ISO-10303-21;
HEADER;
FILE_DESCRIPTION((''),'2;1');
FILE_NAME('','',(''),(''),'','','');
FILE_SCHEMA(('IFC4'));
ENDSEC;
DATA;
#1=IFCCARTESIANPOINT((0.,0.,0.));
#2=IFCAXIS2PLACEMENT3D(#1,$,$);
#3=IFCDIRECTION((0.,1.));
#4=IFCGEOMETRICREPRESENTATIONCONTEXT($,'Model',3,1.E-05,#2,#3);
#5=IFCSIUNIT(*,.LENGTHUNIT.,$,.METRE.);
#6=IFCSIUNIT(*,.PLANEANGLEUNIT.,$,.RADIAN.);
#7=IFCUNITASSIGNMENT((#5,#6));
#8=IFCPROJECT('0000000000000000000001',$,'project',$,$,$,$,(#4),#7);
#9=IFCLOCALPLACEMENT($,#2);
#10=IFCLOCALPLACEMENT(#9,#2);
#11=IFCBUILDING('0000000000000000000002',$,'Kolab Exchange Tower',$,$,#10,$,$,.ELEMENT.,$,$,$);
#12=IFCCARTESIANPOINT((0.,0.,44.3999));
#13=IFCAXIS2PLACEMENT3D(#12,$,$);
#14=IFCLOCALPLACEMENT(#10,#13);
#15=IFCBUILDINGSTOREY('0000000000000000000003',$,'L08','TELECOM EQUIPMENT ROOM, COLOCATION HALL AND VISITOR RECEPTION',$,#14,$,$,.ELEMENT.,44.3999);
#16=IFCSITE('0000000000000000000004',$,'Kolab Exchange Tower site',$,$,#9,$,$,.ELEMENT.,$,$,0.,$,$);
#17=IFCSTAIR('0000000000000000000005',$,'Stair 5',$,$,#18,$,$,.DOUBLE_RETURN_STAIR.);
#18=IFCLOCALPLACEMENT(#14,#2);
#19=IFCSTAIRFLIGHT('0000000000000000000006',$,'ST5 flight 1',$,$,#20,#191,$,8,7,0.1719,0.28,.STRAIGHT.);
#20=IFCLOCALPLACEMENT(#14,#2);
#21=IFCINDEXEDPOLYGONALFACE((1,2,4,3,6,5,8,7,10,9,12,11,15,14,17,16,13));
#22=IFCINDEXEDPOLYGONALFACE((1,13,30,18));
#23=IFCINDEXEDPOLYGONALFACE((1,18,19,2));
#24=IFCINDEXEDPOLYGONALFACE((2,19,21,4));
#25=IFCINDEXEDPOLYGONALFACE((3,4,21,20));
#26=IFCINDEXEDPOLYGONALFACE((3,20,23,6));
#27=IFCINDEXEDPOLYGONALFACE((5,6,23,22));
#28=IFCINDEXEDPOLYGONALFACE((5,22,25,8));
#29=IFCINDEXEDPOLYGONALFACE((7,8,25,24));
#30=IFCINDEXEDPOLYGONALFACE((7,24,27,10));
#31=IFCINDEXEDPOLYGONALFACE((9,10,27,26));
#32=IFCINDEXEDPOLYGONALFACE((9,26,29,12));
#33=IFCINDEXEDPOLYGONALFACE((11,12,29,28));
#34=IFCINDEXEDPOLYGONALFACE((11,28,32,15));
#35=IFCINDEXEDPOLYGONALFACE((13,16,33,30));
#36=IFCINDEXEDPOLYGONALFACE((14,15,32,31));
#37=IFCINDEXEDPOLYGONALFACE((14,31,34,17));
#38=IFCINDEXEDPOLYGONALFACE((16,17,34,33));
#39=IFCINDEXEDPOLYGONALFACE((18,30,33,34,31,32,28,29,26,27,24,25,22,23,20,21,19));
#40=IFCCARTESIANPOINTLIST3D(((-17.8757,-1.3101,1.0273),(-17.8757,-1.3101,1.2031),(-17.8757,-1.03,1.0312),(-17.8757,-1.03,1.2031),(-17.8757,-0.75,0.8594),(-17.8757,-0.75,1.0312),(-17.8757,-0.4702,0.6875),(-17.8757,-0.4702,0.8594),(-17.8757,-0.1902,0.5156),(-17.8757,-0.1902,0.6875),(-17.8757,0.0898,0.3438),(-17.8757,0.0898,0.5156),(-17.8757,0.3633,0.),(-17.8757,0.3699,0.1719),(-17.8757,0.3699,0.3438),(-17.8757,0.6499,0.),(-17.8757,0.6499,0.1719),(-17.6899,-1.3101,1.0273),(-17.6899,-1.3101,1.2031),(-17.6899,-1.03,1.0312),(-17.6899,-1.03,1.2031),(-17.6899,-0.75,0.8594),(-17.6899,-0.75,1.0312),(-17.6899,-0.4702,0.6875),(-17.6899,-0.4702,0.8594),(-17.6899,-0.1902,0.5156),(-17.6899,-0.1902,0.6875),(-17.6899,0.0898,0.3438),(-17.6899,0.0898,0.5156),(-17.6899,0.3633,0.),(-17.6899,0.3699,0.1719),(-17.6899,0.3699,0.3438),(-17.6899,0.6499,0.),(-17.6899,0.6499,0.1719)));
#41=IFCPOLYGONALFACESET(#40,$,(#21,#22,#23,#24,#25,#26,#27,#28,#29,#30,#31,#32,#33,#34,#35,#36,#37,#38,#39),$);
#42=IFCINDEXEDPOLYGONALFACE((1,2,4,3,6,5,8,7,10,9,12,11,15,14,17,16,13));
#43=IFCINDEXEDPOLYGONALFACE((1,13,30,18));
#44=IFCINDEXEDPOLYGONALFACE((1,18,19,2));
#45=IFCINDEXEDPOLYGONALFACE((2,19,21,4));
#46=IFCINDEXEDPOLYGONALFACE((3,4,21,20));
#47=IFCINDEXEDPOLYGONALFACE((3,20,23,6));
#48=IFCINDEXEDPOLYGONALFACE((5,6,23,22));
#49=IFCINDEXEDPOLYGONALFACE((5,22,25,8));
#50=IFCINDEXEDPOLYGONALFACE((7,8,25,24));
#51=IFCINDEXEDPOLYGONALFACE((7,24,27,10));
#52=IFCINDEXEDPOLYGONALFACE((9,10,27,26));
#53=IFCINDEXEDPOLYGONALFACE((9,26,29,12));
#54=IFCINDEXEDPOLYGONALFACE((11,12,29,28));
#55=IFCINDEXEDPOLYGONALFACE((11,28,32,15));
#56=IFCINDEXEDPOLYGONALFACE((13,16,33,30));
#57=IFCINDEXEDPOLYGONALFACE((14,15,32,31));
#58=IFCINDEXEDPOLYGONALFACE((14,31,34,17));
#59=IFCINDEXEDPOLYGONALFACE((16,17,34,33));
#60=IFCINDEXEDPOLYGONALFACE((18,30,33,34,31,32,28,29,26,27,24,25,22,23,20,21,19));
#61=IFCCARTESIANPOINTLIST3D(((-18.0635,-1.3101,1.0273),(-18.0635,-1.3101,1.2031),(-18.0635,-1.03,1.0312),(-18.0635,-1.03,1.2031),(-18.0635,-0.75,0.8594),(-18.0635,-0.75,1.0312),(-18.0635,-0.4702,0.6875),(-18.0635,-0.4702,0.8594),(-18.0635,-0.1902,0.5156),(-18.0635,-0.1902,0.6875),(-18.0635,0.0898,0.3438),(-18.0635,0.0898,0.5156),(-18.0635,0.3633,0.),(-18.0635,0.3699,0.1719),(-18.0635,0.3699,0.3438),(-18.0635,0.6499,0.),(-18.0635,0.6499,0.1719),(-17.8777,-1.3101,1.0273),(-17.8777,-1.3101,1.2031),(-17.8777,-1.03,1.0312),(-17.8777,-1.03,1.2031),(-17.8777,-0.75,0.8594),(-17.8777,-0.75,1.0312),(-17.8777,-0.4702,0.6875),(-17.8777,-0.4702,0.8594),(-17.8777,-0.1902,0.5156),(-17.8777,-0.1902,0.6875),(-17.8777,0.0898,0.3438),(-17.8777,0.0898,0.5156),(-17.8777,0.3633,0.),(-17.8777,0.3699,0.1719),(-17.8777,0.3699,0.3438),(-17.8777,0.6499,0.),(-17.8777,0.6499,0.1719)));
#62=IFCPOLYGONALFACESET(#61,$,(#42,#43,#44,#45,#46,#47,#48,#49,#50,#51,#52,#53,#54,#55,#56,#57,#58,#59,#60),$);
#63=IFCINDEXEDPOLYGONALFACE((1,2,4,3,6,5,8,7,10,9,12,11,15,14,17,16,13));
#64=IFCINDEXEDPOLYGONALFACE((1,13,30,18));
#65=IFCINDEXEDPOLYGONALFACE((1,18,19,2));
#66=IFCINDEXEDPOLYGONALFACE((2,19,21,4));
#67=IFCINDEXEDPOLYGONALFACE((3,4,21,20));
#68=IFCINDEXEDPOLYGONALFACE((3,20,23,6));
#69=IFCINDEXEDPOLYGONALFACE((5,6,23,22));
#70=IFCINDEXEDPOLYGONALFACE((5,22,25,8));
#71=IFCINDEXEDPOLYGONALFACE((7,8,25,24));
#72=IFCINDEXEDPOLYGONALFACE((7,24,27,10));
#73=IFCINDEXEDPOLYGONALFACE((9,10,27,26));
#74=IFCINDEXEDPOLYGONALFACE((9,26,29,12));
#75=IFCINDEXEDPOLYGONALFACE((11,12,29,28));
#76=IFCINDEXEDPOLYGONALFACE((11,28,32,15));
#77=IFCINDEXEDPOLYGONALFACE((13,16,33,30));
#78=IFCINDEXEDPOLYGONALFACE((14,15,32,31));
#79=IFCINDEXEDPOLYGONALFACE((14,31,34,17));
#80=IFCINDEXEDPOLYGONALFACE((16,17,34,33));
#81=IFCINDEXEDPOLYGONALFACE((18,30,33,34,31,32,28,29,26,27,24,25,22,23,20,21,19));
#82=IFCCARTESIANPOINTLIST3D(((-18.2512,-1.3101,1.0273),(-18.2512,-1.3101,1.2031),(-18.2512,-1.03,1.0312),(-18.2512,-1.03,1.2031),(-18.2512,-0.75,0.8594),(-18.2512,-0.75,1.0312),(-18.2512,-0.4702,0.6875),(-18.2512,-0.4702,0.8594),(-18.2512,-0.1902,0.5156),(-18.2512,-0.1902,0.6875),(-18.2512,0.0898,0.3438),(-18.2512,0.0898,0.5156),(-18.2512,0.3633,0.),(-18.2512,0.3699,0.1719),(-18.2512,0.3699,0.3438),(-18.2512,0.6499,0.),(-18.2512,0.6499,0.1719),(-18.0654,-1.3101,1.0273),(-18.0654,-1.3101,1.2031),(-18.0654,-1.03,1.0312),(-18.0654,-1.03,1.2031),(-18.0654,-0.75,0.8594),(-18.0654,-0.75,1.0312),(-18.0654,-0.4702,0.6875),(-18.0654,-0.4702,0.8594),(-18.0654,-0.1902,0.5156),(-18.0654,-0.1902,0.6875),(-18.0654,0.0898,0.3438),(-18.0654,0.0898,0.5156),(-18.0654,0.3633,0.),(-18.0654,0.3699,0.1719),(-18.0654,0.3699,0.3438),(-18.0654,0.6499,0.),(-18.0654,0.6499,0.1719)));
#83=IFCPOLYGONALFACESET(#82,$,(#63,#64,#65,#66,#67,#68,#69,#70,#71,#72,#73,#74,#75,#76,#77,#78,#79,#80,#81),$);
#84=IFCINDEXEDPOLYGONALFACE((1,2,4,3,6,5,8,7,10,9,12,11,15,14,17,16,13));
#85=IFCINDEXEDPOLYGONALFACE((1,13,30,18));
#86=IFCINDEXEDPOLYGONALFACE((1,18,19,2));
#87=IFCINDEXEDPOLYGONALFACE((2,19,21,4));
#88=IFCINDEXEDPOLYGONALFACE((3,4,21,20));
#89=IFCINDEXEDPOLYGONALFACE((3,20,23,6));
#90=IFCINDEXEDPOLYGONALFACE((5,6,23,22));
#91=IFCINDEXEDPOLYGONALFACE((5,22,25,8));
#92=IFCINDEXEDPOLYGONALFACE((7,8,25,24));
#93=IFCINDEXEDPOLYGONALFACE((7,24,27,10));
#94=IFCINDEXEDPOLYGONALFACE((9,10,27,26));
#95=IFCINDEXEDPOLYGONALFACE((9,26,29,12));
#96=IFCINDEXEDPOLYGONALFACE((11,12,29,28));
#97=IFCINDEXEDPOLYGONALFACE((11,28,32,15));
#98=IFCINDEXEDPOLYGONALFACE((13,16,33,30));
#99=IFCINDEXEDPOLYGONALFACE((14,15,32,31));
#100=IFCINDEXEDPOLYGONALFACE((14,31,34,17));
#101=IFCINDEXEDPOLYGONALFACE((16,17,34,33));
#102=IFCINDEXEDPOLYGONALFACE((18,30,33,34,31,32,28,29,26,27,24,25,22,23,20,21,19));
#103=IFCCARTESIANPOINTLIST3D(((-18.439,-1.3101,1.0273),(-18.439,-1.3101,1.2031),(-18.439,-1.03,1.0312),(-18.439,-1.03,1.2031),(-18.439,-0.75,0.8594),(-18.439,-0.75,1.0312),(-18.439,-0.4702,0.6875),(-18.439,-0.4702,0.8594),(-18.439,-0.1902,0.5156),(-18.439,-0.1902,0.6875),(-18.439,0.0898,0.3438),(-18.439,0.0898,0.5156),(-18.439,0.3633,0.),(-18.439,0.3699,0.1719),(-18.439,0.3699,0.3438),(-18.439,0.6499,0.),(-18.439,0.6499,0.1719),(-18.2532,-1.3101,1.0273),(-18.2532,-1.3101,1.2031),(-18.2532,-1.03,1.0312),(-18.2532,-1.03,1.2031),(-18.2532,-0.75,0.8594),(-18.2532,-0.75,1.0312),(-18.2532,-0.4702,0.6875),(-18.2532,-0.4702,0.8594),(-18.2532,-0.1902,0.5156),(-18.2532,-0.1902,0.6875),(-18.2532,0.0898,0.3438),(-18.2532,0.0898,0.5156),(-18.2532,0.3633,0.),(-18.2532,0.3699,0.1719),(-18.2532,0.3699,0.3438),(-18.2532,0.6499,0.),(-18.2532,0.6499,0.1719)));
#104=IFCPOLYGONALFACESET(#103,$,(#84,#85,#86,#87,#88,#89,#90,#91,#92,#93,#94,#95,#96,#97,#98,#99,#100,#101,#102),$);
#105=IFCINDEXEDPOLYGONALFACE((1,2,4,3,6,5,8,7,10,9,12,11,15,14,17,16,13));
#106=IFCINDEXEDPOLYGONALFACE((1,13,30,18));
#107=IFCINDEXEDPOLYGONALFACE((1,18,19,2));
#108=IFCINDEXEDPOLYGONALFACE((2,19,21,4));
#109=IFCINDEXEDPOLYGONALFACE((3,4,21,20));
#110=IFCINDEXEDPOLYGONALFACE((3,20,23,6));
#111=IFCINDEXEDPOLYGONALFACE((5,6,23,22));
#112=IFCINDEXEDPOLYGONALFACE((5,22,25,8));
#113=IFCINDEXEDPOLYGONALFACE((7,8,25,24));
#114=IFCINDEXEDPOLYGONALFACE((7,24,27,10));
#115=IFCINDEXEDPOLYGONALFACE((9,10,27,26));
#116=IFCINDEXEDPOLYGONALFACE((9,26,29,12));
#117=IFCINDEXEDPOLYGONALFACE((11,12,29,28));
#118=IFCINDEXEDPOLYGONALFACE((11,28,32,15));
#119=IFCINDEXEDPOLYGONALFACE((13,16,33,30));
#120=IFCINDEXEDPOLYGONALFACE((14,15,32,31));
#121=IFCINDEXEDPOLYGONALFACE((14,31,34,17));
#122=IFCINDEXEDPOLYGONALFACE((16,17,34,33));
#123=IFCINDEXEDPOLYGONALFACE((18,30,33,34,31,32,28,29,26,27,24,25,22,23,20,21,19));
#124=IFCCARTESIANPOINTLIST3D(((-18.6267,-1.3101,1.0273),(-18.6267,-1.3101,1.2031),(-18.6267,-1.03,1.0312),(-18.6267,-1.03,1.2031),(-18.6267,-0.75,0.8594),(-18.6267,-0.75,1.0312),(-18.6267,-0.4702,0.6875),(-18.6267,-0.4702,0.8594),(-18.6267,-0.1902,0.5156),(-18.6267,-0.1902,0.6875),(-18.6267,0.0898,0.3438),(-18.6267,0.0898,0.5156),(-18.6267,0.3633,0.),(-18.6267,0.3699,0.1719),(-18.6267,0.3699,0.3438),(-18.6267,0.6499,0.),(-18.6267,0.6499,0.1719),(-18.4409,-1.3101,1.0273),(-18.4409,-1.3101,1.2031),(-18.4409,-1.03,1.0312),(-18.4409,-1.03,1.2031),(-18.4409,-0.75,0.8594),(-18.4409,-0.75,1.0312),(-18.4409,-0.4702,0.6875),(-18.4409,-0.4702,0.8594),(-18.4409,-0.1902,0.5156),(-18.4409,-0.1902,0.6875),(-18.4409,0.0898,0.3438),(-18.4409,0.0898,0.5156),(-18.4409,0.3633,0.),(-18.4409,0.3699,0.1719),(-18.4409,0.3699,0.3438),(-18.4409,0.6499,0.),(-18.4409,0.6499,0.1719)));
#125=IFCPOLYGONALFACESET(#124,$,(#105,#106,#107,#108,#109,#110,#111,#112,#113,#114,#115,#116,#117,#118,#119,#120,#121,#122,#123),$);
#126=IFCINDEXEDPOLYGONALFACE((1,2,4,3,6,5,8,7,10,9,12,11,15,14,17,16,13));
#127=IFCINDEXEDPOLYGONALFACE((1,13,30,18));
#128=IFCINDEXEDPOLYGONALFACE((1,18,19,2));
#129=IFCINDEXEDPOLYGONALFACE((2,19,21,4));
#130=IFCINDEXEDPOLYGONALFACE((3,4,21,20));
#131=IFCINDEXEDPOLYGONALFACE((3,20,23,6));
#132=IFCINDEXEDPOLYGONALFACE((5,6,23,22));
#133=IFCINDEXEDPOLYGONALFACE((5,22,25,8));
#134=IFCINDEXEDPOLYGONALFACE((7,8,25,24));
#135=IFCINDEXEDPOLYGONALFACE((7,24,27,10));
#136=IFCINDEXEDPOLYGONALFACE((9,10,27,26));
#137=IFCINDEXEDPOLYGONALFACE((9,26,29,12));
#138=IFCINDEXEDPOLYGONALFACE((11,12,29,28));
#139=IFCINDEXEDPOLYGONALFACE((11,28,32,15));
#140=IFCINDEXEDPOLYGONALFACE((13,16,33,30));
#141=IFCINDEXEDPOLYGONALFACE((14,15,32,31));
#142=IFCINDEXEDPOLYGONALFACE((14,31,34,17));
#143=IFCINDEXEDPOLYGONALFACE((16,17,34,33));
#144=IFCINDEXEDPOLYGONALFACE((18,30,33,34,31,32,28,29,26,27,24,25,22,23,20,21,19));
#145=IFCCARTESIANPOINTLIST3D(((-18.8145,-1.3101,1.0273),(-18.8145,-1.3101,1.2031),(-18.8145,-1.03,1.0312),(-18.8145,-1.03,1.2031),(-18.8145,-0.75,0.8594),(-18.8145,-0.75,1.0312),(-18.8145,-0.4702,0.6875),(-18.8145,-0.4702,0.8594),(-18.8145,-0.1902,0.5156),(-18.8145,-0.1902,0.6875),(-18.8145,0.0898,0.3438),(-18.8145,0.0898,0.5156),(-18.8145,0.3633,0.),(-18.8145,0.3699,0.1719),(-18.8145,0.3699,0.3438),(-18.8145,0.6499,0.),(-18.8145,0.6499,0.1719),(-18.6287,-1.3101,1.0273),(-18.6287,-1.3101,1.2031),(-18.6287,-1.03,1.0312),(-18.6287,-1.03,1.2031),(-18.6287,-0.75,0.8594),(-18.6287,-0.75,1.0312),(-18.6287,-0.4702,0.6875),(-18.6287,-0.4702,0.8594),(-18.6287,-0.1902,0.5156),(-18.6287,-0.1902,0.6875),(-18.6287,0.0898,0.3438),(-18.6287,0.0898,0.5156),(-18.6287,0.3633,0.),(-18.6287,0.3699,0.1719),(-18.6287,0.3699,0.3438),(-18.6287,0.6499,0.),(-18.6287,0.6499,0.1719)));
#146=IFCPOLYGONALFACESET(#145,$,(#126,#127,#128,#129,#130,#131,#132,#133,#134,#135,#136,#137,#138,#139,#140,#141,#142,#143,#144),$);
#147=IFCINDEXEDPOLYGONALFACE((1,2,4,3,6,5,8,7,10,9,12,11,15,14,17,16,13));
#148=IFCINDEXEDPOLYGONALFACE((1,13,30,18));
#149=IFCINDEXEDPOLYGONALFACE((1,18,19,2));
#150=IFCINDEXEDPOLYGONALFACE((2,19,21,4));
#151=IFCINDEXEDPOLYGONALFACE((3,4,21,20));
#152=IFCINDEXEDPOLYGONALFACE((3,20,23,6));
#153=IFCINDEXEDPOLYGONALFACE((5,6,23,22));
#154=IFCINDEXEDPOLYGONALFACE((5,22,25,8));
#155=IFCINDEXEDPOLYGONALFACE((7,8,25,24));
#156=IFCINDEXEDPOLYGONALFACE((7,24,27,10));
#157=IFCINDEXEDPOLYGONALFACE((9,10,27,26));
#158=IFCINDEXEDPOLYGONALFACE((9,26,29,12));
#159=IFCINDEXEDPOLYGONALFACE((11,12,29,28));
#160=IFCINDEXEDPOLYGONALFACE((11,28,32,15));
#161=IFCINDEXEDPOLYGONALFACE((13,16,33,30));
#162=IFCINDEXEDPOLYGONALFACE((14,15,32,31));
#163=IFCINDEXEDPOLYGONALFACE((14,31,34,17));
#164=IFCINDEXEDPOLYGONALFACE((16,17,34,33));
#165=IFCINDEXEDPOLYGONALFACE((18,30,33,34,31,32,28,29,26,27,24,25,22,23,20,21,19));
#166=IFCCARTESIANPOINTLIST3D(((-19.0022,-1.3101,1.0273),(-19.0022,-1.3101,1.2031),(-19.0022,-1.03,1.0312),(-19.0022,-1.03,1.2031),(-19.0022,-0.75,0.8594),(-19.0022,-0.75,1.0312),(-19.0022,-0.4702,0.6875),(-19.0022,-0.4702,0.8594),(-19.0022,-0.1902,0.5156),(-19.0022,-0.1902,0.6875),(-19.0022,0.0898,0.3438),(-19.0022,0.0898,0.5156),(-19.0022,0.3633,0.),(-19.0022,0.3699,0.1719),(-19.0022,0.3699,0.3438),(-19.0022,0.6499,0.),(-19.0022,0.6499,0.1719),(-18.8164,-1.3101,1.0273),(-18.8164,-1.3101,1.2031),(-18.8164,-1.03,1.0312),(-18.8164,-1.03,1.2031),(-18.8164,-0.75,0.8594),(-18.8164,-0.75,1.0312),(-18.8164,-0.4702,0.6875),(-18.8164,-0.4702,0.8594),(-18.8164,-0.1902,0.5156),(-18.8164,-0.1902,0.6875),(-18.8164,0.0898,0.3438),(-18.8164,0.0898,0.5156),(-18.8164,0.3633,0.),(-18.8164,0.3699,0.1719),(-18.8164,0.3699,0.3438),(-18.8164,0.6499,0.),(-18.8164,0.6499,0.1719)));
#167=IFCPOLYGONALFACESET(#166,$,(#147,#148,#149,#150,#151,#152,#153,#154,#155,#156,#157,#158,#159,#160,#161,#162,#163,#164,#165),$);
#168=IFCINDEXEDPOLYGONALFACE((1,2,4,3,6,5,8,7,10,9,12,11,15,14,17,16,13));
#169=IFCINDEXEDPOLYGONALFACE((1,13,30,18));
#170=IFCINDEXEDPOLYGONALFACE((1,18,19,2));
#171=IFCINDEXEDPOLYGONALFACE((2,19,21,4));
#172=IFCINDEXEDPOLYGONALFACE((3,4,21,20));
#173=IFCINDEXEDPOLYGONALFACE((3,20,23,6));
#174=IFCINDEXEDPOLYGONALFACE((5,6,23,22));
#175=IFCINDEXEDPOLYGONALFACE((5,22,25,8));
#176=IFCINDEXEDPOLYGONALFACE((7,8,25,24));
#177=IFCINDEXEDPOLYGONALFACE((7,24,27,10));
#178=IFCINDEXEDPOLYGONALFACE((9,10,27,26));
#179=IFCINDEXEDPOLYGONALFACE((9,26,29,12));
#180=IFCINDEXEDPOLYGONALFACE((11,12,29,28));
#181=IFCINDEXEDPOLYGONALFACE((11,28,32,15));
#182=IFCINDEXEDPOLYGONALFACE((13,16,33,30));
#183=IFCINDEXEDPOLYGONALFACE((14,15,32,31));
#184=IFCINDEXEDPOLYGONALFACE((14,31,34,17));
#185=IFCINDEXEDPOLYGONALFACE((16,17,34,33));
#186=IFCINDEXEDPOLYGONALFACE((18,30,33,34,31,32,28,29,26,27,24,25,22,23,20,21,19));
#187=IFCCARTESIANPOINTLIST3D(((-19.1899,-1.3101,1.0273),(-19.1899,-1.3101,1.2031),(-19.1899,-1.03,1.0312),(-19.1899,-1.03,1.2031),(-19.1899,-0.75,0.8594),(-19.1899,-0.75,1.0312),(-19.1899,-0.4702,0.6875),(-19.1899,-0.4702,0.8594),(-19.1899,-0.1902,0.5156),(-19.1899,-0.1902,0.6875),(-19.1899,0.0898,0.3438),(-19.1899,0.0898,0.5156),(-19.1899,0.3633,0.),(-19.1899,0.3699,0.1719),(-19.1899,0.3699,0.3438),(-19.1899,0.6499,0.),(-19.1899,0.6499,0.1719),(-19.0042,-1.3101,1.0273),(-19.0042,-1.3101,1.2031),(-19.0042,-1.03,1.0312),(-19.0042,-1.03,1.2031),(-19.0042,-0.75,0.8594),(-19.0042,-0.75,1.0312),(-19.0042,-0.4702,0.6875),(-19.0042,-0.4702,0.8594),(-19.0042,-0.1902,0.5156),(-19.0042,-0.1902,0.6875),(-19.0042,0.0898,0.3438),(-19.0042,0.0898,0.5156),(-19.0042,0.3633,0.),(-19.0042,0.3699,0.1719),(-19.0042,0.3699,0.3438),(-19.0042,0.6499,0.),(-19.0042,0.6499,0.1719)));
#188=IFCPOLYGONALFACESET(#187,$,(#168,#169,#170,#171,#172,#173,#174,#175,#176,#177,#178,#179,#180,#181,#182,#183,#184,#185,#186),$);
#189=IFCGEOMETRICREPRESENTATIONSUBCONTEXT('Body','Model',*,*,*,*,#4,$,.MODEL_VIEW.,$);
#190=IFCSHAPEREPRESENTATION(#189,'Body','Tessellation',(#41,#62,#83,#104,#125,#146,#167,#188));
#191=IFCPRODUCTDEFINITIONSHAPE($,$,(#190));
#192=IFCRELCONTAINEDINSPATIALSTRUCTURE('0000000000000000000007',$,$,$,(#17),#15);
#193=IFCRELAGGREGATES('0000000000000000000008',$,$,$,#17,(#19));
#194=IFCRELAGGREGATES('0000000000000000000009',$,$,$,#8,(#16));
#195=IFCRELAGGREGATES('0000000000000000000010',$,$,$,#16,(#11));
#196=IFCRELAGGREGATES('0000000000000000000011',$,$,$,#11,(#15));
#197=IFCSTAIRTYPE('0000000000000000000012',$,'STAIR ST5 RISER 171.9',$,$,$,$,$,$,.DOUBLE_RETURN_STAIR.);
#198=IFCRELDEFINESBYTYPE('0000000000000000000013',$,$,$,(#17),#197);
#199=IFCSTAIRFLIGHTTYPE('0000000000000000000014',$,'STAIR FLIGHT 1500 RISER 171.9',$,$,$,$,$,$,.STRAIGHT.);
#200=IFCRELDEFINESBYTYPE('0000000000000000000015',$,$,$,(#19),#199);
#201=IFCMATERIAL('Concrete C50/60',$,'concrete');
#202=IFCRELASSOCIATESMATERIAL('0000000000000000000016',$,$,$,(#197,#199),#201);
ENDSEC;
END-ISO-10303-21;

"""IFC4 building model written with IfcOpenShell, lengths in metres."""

from ifc_helpers import new_model, si_unit, direction, frame, origin, place, context, subcontext, project, spatial, polyline, outline, extrude, material, type_object, element, aggregate, save


model = new_model("IFC4")

# Units and contexts
model_context = context("Model", 3, precision=1e-05, world=origin(), true_north=direction((0.0, 1.0)))
body_context = subcontext(model_context, "Body", "Model", "MODEL_VIEW")
ifc_project = project(units=[si_unit("LENGTHUNIT", "METRE"), si_unit("PLANEANGLEUNIT", "RADIAN")], contexts=[model_context])

# Site, building, storey
site_placement = place(None, origin())
site = spatial("IfcSite", under=ifc_project, at=site_placement, Name="Kolab Exchange Tower site", CompositionType="ELEMENT", RefElevation=0.0)
building_placement = place(site_placement, origin())
building = spatial("IfcBuilding", under=site, at=building_placement, Name="Kolab Exchange Tower", CompositionType="ELEMENT")
storey_placement = place(building_placement, frame((0.0, 0.0, 44.3999)))
storey = spatial("IfcBuildingStorey", under=building, at=storey_placement, Name="L08", Description="TELECOM EQUIPMENT ROOM, COLOCATION HALL AND VISITOR RECEPTION", CompositionType="ELEMENT", Elevation=44.3999)

# Shared definitions
ifc_material_1 = material(Name="Concrete C50/60", Category="concrete")

# Stair, stair flight
stair_type = type_object("IfcStairType", Name="STAIR ST5 RISER 171.9", PredefinedType="DOUBLE_RETURN_STAIR", material=ifc_material_1)
stair_placement = place(storey_placement, origin())
stair = element("IfcStair", 1, at=stair_placement, inside=storey, type_object=stair_type, Name="Stair 5", PredefinedType="DOUBLE_RETURN_STAIR")
stair_flight_type = type_object("IfcStairFlightType", Name="STAIR FLIGHT 1500 RISER 171.9", PredefinedType="STRAIGHT", material=ifc_material_1)
stair_flight_1_placement = place(storey_placement, frame((-18.4399, 0.6499, 0.0), z_axis=(0.0, 0.0, 1.0), x_axis=(0.0, -1.0, 0.0)))
stair_flight_1 = element("IfcStairFlight", 2, at=stair_flight_1_placement, type_object=stair_flight_type, Name="ST5 flight 1", NumberOfRisers=8, NumberOfTreads=7, PredefinedType="STRAIGHT", RiserHeight=0.1719, TreadLength=0.28, context=body_context, shape_type="SweptSolid", body=[
    extrude(outline(polyline([(0.0, 0.0), (0.0, 0.1719), (0.28, 0.1719), (0.28, 0.3438), (0.5601, 0.3438), (0.5601, 0.5156), (0.8401, 0.5156), (0.8401, 0.6875), (1.1201, 0.6875), (1.1201, 0.8594), (1.3999, 0.8594), (1.3999, 1.0312), (1.6799, 1.0312), (1.6799, 1.2031), (1.96, 1.2031), (1.96, 1.375), (1.96, 1.0273), (0.2866, 0.0), (0.0, 0.0)])), frame((0.0, 0.75, 0.0), z_axis=(0.0, -1.0, 0.0), x_axis=(1.0, 0.0, 0.0)), (0.0, 0.0, 1.0), 0.1858),
    extrude(outline(polyline([(0.0, 0.0), (0.0, 0.1719), (0.28, 0.1719), (0.28, 0.3438), (0.5601, 0.3438), (0.5601, 0.5156), (0.8401, 0.5156), (0.8401, 0.6875), (1.1201, 0.6875), (1.1201, 0.8594), (1.3999, 0.8594), (1.3999, 1.0312), (1.6799, 1.0312), (1.6799, 1.2031), (1.96, 1.2031), (1.96, 1.375), (1.96, 1.0273), (0.2866, 0.0), (0.0, 0.0)])), frame((0.0, 0.5623, 0.0), z_axis=(0.0, -1.0, 0.0), x_axis=(1.0, 0.0, 0.0)), (0.0, 0.0, 1.0), 0.1858),
    extrude(outline(polyline([(0.0, 0.0), (0.0, 0.1719), (0.28, 0.1719), (0.28, 0.3438), (0.5601, 0.3438), (0.5601, 0.5156), (0.8401, 0.5156), (0.8401, 0.6875), (1.1201, 0.6875), (1.1201, 0.8594), (1.3999, 0.8594), (1.3999, 1.0312), (1.6799, 1.0312), (1.6799, 1.2031), (1.96, 1.2031), (1.96, 1.375), (1.96, 1.0273), (0.2866, 0.0), (0.0, 0.0)])), frame((0.0, 0.3745, 0.0), z_axis=(0.0, -1.0, 0.0), x_axis=(1.0, 0.0, 0.0)), (0.0, 0.0, 1.0), 0.1858),
    extrude(outline(polyline([(0.0, 0.0), (0.0, 0.1719), (0.28, 0.1719), (0.28, 0.3438), (0.5601, 0.3438), (0.5601, 0.5156), (0.8401, 0.5156), (0.8401, 0.6875), (1.1201, 0.6875), (1.1201, 0.8594), (1.3999, 0.8594), (1.3999, 1.0312), (1.6799, 1.0312), (1.6799, 1.2031), (1.96, 1.2031), (1.96, 1.375), (1.96, 1.0273), (0.2866, 0.0), (0.0, 0.0)])), frame((0.0, 0.1868, 0.0), z_axis=(0.0, -1.0, 0.0), x_axis=(1.0, 0.0, 0.0)), (0.0, 0.0, 1.0), 0.1858),
    extrude(outline(polyline([(0.0, 0.0), (0.0, 0.1719), (0.28, 0.1719), (0.28, 0.3438), (0.5601, 0.3438), (0.5601, 0.5156), (0.8401, 0.5156), (0.8401, 0.6875), (1.1201, 0.6875), (1.1201, 0.8594), (1.3999, 0.8594), (1.3999, 1.0312), (1.6799, 1.0312), (1.6799, 1.2031), (1.96, 1.2031), (1.96, 1.375), (1.96, 1.0273), (0.2866, 0.0), (0.0, 0.0)])), frame((0.0, -0.001, 0.0), z_axis=(0.0, -1.0, 0.0), x_axis=(1.0, 0.0, 0.0)), (0.0, 0.0, 1.0), 0.1858),
    extrude(outline(polyline([(0.0, 0.0), (0.0, 0.1719), (0.28, 0.1719), (0.28, 0.3438), (0.5601, 0.3438), (0.5601, 0.5156), (0.8401, 0.5156), (0.8401, 0.6875), (1.1201, 0.6875), (1.1201, 0.8594), (1.3999, 0.8594), (1.3999, 1.0312), (1.6799, 1.0312), (1.6799, 1.2031), (1.96, 1.2031), (1.96, 1.375), (1.96, 1.0273), (0.2866, 0.0), (0.0, 0.0)])), frame((0.0, -0.1887, 0.0), z_axis=(0.0, -1.0, 0.0), x_axis=(1.0, 0.0, 0.0)), (0.0, 0.0, 1.0), 0.1858),
    extrude(outline(polyline([(0.0, 0.0), (0.0, 0.1719), (0.28, 0.1719), (0.28, 0.3438), (0.5601, 0.3438), (0.5601, 0.5156), (0.8401, 0.5156), (0.8401, 0.6875), (1.1201, 0.6875), (1.1201, 0.8594), (1.3999, 0.8594), (1.3999, 1.0312), (1.6799, 1.0312), (1.6799, 1.2031), (1.96, 1.2031), (1.96, 1.375), (1.96, 1.0273), (0.2866, 0.0), (0.0, 0.0)])), frame((0.0, -0.3765, 0.0), z_axis=(0.0, -1.0, 0.0), x_axis=(1.0, 0.0, 0.0)), (0.0, 0.0, 1.0), 0.1858),
    extrude(outline(polyline([(0.0, 0.0), (0.0, 0.1719), (0.28, 0.1719), (0.28, 0.3438), (0.5601, 0.3438), (0.5601, 0.5156), (0.8401, 0.5156), (0.8401, 0.6875), (1.1201, 0.6875), (1.1201, 0.8594), (1.3999, 0.8594), (1.3999, 1.0312), (1.6799, 1.0312), (1.6799, 1.2031), (1.96, 1.2031), (1.96, 1.375), (1.96, 1.0273), (0.2866, 0.0), (0.0, 0.0)])), frame((0.0, -0.5642, 0.0), z_axis=(0.0, -1.0, 0.0), x_axis=(1.0, 0.0, 0.0)), (0.0, 0.0, 1.0), 0.1858),
])
aggregate(stair, [stair_flight_1])

save(model, "model.ifc")
